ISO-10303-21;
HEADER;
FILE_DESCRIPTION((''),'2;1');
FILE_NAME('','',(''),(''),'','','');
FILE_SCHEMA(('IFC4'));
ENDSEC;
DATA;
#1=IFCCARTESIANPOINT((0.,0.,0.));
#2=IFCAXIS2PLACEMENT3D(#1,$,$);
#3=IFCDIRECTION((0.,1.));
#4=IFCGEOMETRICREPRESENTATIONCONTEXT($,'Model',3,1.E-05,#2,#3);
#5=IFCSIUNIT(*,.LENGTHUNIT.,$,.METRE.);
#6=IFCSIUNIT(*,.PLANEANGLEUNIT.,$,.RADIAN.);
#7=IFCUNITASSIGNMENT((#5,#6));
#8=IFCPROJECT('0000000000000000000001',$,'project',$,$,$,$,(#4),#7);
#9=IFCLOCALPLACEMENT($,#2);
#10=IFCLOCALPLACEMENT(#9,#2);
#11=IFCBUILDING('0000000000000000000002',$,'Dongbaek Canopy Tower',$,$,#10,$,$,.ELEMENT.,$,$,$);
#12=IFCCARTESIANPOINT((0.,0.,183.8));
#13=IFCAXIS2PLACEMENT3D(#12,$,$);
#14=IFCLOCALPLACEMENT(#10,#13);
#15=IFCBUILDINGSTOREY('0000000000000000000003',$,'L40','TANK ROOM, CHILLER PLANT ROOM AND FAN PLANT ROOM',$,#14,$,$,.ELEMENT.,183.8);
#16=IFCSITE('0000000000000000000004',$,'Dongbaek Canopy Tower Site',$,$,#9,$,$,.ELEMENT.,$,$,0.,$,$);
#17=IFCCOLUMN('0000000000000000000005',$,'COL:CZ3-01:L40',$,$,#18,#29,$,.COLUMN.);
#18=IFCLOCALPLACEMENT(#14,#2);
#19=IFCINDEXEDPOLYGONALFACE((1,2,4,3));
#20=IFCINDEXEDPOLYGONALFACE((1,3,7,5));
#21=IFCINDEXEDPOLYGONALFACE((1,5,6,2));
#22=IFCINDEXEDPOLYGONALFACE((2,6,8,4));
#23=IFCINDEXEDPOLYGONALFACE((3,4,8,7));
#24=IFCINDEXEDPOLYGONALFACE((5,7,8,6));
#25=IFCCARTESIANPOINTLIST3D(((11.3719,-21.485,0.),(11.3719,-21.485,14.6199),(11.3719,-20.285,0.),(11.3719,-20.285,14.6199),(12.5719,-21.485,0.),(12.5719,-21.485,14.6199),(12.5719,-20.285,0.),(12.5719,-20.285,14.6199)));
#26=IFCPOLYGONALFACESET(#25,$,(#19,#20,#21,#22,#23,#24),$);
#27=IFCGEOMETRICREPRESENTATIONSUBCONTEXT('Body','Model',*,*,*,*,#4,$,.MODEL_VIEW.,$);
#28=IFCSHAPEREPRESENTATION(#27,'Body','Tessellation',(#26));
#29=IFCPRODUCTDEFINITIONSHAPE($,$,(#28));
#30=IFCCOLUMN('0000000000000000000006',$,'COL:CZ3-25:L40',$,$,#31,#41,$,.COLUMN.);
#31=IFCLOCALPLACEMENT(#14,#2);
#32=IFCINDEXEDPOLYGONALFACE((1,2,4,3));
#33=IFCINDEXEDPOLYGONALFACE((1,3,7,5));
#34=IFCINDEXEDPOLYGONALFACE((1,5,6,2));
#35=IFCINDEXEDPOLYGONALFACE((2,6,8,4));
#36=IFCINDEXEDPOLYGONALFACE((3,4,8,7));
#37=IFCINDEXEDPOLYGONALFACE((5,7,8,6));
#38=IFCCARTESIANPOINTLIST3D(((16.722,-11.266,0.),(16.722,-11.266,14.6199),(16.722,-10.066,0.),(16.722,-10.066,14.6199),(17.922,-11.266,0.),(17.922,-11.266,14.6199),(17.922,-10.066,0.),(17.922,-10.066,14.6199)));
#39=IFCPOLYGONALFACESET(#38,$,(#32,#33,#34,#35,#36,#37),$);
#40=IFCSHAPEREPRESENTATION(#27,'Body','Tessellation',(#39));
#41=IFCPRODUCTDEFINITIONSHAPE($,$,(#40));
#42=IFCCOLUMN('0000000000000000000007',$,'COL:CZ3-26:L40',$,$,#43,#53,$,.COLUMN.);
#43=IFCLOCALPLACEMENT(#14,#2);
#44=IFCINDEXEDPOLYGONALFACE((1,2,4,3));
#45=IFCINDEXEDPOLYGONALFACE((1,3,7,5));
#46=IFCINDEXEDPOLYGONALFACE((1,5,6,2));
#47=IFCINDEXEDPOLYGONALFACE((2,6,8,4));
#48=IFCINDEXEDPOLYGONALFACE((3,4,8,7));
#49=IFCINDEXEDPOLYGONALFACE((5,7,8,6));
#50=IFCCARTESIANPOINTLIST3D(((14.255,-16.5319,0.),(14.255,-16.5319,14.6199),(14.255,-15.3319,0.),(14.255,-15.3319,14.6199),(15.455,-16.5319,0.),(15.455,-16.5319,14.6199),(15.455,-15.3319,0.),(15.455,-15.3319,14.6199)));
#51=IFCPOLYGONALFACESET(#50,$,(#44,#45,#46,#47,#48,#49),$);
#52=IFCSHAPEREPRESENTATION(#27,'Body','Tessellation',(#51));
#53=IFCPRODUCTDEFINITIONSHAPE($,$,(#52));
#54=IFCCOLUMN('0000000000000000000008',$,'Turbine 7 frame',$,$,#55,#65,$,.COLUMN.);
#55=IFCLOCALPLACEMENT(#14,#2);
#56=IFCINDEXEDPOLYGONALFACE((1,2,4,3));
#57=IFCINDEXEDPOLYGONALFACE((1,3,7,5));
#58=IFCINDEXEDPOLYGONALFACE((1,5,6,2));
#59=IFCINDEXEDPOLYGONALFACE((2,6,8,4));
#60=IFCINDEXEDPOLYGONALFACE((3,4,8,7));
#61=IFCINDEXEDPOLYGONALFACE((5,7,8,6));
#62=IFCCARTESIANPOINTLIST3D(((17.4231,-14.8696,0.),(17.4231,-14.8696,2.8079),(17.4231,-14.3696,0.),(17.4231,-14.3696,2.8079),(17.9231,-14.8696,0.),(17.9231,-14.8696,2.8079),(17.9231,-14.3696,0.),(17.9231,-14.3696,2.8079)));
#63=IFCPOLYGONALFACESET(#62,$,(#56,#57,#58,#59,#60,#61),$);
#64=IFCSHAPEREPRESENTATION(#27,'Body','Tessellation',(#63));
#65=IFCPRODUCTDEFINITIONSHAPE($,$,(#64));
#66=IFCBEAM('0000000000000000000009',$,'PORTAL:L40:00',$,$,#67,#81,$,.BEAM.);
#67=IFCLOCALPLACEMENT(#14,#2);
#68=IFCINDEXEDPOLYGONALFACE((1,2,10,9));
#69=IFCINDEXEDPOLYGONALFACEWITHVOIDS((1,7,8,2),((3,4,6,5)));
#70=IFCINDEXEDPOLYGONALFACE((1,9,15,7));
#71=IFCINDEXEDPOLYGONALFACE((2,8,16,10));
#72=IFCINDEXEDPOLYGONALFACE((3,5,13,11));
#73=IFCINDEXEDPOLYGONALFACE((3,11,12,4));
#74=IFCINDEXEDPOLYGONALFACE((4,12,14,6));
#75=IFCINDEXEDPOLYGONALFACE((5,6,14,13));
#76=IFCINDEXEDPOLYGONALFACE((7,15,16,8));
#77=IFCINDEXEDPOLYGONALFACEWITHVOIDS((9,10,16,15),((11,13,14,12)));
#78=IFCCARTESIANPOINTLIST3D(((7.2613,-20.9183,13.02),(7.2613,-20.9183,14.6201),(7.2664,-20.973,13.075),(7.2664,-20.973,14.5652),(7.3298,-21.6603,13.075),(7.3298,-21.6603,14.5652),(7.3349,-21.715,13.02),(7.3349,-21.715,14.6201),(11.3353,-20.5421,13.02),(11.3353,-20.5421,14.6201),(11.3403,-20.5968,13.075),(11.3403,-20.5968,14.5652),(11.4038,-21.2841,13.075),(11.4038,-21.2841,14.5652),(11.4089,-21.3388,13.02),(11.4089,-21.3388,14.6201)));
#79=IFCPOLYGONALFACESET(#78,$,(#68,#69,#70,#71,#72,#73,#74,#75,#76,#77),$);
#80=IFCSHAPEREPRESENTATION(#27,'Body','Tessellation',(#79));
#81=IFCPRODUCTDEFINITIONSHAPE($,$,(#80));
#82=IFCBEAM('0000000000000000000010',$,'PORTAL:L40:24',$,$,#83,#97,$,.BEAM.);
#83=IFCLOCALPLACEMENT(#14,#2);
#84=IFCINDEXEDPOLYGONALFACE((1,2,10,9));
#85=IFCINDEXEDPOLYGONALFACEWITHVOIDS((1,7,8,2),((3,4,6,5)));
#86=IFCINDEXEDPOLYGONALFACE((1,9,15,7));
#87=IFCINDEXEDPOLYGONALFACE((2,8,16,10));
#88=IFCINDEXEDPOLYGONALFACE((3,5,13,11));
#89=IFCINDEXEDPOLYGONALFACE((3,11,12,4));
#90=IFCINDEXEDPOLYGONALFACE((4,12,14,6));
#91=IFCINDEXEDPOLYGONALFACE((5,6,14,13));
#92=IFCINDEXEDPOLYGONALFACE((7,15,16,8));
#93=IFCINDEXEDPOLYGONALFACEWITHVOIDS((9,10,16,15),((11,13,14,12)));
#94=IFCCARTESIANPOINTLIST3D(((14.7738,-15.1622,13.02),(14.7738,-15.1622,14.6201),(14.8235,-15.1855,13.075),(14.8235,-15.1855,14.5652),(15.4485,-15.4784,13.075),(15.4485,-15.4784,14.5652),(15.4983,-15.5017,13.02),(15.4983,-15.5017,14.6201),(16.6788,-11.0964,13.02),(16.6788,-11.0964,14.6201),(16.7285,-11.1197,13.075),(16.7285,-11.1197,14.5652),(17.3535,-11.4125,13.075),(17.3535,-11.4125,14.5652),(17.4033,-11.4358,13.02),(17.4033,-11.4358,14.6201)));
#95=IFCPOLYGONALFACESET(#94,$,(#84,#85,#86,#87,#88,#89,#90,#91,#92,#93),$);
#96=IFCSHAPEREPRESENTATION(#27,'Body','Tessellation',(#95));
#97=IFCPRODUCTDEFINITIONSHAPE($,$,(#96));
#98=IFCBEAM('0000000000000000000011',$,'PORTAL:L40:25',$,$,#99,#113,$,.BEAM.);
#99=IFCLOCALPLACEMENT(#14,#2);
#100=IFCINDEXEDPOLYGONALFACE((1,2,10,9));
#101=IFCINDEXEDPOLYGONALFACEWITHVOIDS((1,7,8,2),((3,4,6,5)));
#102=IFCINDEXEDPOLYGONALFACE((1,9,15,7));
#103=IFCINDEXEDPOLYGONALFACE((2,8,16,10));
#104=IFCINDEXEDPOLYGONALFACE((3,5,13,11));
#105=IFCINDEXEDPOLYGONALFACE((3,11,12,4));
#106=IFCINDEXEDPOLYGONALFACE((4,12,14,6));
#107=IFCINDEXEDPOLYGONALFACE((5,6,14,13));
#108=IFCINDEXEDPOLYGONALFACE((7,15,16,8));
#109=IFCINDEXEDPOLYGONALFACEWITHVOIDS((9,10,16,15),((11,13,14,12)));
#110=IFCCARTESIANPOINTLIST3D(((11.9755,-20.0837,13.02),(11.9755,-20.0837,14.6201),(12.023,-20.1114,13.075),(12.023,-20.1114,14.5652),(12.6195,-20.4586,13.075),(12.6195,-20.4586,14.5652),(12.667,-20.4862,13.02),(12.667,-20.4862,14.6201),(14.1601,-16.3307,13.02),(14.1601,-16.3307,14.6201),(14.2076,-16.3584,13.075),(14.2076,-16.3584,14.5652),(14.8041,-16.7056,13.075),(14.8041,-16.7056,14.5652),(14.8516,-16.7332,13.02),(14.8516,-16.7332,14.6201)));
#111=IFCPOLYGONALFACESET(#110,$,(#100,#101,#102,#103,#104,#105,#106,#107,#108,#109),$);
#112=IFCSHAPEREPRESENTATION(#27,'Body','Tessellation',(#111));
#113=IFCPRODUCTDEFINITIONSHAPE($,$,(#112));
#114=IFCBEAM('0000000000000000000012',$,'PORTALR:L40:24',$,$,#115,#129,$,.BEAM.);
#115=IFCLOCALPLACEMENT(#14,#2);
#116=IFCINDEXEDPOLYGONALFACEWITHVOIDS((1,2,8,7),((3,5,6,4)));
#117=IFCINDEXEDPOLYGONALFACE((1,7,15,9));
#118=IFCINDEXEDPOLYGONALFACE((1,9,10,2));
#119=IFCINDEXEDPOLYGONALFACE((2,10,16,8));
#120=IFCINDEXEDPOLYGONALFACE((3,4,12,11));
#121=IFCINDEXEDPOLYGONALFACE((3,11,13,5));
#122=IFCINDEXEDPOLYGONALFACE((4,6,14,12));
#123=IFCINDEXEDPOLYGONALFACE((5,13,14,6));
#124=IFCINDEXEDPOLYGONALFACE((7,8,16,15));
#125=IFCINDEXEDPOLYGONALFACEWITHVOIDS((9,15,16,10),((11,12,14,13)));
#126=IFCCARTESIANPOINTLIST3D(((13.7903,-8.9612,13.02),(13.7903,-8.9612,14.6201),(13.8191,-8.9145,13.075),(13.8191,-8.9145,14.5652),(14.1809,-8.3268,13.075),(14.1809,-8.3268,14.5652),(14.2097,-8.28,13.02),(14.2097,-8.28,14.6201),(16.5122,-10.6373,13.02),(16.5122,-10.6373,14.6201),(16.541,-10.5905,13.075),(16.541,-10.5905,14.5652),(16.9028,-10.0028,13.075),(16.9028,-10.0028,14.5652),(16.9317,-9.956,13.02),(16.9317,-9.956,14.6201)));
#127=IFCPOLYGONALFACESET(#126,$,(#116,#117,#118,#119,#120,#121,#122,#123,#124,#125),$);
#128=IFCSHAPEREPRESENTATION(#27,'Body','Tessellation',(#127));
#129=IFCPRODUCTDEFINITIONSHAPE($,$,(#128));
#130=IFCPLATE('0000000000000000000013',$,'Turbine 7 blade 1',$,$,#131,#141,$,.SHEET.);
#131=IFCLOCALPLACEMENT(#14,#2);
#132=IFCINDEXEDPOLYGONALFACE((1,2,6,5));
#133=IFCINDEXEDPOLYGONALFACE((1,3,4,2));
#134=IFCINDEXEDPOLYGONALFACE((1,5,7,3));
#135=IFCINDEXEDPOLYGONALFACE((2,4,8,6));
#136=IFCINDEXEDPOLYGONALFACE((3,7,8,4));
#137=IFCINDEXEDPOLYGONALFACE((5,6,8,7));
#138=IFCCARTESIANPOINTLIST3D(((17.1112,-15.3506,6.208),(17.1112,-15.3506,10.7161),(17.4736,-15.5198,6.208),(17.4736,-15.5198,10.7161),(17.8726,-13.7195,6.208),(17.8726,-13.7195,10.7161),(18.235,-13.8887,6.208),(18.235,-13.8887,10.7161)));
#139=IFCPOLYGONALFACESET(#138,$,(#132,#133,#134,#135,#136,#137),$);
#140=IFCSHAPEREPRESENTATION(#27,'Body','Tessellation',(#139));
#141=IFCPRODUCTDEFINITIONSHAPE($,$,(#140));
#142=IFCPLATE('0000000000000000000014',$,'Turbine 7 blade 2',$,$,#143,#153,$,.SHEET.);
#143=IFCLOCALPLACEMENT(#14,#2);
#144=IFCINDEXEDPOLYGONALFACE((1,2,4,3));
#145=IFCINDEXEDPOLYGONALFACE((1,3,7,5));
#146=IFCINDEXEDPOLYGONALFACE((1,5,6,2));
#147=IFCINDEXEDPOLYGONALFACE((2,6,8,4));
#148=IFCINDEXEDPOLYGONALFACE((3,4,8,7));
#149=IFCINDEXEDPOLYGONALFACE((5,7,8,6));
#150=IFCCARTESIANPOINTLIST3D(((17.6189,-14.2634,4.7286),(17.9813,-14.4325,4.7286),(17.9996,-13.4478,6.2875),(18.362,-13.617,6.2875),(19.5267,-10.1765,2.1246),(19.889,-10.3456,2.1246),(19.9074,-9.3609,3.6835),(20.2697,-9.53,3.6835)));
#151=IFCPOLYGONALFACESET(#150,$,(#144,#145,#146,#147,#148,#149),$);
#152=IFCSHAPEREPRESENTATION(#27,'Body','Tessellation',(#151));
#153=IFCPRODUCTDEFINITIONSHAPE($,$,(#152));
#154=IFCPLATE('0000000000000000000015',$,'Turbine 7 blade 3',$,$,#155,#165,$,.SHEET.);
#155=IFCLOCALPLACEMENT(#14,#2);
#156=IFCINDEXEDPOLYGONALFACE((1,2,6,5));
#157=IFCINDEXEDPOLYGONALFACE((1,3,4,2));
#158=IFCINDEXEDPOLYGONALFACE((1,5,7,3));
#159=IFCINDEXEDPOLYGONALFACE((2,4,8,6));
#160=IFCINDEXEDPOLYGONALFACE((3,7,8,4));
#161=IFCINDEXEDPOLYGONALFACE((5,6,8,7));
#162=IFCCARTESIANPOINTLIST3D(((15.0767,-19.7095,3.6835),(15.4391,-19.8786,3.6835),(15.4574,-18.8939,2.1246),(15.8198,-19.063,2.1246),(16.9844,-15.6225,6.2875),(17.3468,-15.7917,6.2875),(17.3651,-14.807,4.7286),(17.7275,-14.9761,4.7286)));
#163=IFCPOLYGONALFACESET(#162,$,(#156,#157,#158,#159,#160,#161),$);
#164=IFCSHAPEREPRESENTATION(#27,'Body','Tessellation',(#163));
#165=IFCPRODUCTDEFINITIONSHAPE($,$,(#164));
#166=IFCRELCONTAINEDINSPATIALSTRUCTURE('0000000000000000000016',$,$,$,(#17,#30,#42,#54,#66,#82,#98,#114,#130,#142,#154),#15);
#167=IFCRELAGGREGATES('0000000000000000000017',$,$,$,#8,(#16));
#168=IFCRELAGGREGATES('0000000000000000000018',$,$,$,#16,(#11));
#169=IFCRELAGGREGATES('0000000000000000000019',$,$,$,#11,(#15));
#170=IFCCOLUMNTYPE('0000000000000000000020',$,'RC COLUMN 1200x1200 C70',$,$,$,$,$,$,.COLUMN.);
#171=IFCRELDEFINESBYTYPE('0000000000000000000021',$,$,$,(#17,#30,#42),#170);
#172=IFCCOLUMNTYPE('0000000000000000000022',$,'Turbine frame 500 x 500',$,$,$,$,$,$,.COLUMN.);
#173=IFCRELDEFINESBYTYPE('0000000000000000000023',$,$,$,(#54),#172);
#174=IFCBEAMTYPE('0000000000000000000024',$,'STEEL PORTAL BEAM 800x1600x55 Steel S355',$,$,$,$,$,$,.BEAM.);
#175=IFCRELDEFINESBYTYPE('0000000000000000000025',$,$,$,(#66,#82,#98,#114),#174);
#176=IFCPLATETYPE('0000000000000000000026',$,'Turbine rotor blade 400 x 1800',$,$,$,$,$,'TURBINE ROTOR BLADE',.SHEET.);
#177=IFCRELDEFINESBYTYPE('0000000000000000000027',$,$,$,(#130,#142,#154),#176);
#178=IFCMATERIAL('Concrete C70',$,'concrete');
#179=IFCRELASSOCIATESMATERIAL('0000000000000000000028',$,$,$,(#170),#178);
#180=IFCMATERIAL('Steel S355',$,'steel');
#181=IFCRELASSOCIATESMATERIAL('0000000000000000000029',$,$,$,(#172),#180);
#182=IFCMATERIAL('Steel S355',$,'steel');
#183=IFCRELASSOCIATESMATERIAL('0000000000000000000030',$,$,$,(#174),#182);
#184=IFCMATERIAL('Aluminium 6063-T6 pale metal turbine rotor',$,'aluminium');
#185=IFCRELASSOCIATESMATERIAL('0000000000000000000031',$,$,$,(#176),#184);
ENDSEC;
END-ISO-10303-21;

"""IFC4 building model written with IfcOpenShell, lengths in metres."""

from ifc_helpers import new_model, si_unit, direction, frame, origin, origin_2d, place, context, subcontext, project, spatial, rectangle, hollow_rectangle, extrude, material, material_profile, profile_set, type_object, element, save


model = new_model("IFC4")

# Units and contexts
model_context = context("Model", 3, precision=1e-05, world=origin(), true_north=direction((0.0, 1.0)))
body_context = subcontext(model_context, "Body", "Model", "MODEL_VIEW")
ifc_project = project(units=[si_unit("LENGTHUNIT", "METRE"), si_unit("PLANEANGLEUNIT", "RADIAN")], contexts=[model_context])

# Site, building, storey
site_placement = place(None, origin())
site = spatial("IfcSite", under=ifc_project, at=site_placement, Name="Dongbaek Canopy Tower Site", CompositionType="ELEMENT", RefElevation=0.0)
building_placement = place(site_placement, origin())
building = spatial("IfcBuilding", under=site, at=building_placement, Name="Dongbaek Canopy Tower", CompositionType="ELEMENT")
storey_placement = place(building_placement, frame((0.0, 0.0, 183.8)))
storey = spatial("IfcBuildingStorey", under=building, at=storey_placement, Name="L40", Description="TANK ROOM, CHILLER PLANT ROOM AND FAN PLANT ROOM", CompositionType="ELEMENT", Elevation=183.8)

# Columns
ifc_material_1 = material(Name="Concrete C70", Category="concrete")
ifc_material_profile_1 = material_profile(ifc_material_1, rectangle(XDim=1.2, YDim=1.2, at=origin_2d()), Name="RC COLUMN 1200x1200 C70")
ifc_profile_set_1 = profile_set([ifc_material_profile_1], Name="Concrete C70")
column_type_1 = type_object("IfcColumnType", Name="RC COLUMN 1200x1200 C70", PredefinedType="COLUMN", material=ifc_profile_set_1)
for number, where, z_axis, x_axis, name in (
    (1, (11.9719, -20.885, 0.0), (0.0, 0.0, 1.0), (1.0, 0.0, 0.0), "COL:CZ3-01:L40"),
    (2, (17.322, -10.666, 0.0), (0.0, 0.0, 1.0), (1.0, 0.0, 0.0), "COL:CZ3-25:L40"),
    (3, (14.855, -15.9319, 0.0), (0.0, 0.0, 1.0), (1.0, 0.0, 0.0), "COL:CZ3-26:L40"),
):
    element("IfcColumn", number, at=place(storey_placement, frame(where, z_axis=z_axis, x_axis=x_axis)), inside=storey, type_object=column_type_1, Name=name, PredefinedType="COLUMN", context=body_context, shape_type="SweptSolid", body=[
        extrude(rectangle(XDim=1.2, YDim=1.2, at=origin_2d()), origin(), (0.0, 0.0, 1.0), 14.6199),
    ])
ifc_material_2 = material(Name="Steel S355", Category="steel")
ifc_material_profile_2 = material_profile(ifc_material_2, rectangle(XDim=0.5, YDim=0.5, at=origin_2d()), Name="Turbine frame 500 x 500")
ifc_profile_set_2 = profile_set([ifc_material_profile_2], Name="Steel S355")
column_type_2 = type_object("IfcColumnType", Name="Turbine frame 500 x 500", PredefinedType="COLUMN", material=ifc_profile_set_2)
column_placement = place(storey_placement, frame((17.6731, -14.6196, 0.0), z_axis=(0.0, 0.0, 1.0), x_axis=(1.0, 0.0, 0.0)))
element("IfcColumn", 4, at=column_placement, inside=storey, type_object=column_type_2, Name="Turbine 7 frame", PredefinedType="COLUMN", context=body_context, shape_type="SweptSolid", body=[
    extrude(rectangle(XDim=0.5, YDim=0.5, at=origin_2d()), origin(), (0.0, 0.0, 1.0), 2.8079),
])

# Beams
ifc_material_3 = material(Name="Steel S355", Category="steel")
ifc_material_profile_3 = material_profile(ifc_material_3, hollow_rectangle(XDim=0.8, YDim=1.6001, WallThickness=0.0549, at=origin_2d()), Name="STEEL PORTAL BEAM 800x1600x55 Steel S355")
ifc_profile_set_3 = profile_set([ifc_material_profile_3], Name="Steel S355")
beam_type = type_object("IfcBeamType", Name="STEEL PORTAL BEAM 800x1600x55 Steel S355", PredefinedType="BEAM", material=ifc_profile_set_3)
beam_1_placement = place(storey_placement, frame((11.3721, -20.9404, 13.8201), z_axis=(-0.995763, -0.091956, 0.0), x_axis=(0.091956, -0.995763, 0.0)))
element("IfcBeam", 5, at=beam_1_placement, inside=storey, type_object=beam_type, Name="PORTAL:L40:00", PredefinedType="BEAM", context=body_context, shape_type="SweptSolid", body=[
    extrude(hollow_rectangle(XDim=0.8, YDim=1.6001, WallThickness=0.0549, at=origin_2d()), origin(), (0.0, 0.0, 1.0), 4.0913),
])
beam_2_placement = place(storey_placement, frame((17.041, -11.2661, 13.8201), z_axis=(-0.424275, -0.905533, 0.0), x_axis=(0.905533, -0.424275, 0.0)))
element("IfcBeam", 6, at=beam_2_placement, inside=storey, type_object=beam_type, Name="PORTAL:L40:24", PredefinedType="BEAM", context=body_context, shape_type="SweptSolid", body=[
    extrude(hollow_rectangle(XDim=0.8, YDim=1.6001, WallThickness=0.0549, at=origin_2d()), origin(), (0.0, 0.0, 1.0), 4.49),
])
beam_3_placement = place(storey_placement, frame((14.5059, -16.532, 13.8201), z_axis=(-0.503074, -0.864243, 0.0), x_axis=(0.864243, -0.503074, 0.0)))
element("IfcBeam", 7, at=beam_3_placement, inside=storey, type_object=beam_type, Name="PORTAL:L40:25", PredefinedType="BEAM", context=body_context, shape_type="SweptSolid", body=[
    extrude(hollow_rectangle(XDim=0.8, YDim=1.6001, WallThickness=0.0549, at=origin_2d()), origin(), (0.0, 0.0, 1.0), 4.3425),
])
beam_4_placement = place(storey_placement, frame((14.0, -8.6206, 13.8201), z_axis=(0.851519, -0.524323, 0.0), x_axis=(0.524323, 0.851519, 0.0)))
element("IfcBeam", 8, at=beam_4_placement, inside=storey, type_object=beam_type, Name="PORTALR:L40:24", PredefinedType="BEAM", context=body_context, shape_type="SweptSolid", body=[
    extrude(hollow_rectangle(XDim=0.8, YDim=1.6001, WallThickness=0.0549, at=origin_2d()), origin(), (0.0, 0.0, 1.0), 3.1965),
])

# Plates
ifc_material_4 = material(Name="Aluminium 6063-T6 pale metal turbine rotor", Category="aluminium")
ifc_material_profile_4 = material_profile(ifc_material_4, rectangle(XDim=0.3999, YDim=1.8, at=origin_2d()), Name="Turbine rotor blade 400 x 1800")
ifc_profile_set_4 = profile_set([ifc_material_profile_4], Name="Aluminium 6063-T6 pale metal turbine rotor")
plate_type = type_object("IfcPlateType", Name="Turbine rotor blade 400 x 1800", ElementType="TURBINE ROTOR BLADE", PredefinedType="SHEET", material=ifc_profile_set_4)
plate_placement = place(storey_placement, frame((17.6731, -14.6196, 6.208), z_axis=(0.0, 0.0, 1.0), x_axis=(0.906136, -0.422986, 0.0)))
element("IfcPlate", 9, at=plate_placement, inside=storey, type_object=plate_type, Name="Turbine 7 blade 1", PredefinedType="SHEET", context=body_context, shape_type="SweptSolid", body=[
    extrude(rectangle(XDim=0.3999, YDim=1.8, at=origin_2d()), origin(), (0.0, 0.0, 1.0), 4.5081),
])
for number, where, z_axis, x_axis, name in (
    (10, (17.9905, -13.9402, 5.5081), (0.366306, 0.78474, -0.500002), (-0.906142, 0.422974, 0.0), "Turbine 7 blade 2"),
    (11, (17.356, -15.2993, 5.5081), (-0.366306, -0.78474, -0.500002), (0.906142, -0.422974, 0.0), "Turbine 7 blade 3"),
):
    element("IfcPlate", number, at=place(storey_placement, frame(where, z_axis=z_axis, x_axis=x_axis)), inside=storey, type_object=plate_type, Name=name, PredefinedType="SHEET", context=body_context, shape_type="SweptSolid", body=[
        extrude(rectangle(XDim=0.3999, YDim=1.8, at=origin_2d()), origin(), (0.0, 0.0, 1.0), 5.208),
    ])

save(model, "model.ifc")
